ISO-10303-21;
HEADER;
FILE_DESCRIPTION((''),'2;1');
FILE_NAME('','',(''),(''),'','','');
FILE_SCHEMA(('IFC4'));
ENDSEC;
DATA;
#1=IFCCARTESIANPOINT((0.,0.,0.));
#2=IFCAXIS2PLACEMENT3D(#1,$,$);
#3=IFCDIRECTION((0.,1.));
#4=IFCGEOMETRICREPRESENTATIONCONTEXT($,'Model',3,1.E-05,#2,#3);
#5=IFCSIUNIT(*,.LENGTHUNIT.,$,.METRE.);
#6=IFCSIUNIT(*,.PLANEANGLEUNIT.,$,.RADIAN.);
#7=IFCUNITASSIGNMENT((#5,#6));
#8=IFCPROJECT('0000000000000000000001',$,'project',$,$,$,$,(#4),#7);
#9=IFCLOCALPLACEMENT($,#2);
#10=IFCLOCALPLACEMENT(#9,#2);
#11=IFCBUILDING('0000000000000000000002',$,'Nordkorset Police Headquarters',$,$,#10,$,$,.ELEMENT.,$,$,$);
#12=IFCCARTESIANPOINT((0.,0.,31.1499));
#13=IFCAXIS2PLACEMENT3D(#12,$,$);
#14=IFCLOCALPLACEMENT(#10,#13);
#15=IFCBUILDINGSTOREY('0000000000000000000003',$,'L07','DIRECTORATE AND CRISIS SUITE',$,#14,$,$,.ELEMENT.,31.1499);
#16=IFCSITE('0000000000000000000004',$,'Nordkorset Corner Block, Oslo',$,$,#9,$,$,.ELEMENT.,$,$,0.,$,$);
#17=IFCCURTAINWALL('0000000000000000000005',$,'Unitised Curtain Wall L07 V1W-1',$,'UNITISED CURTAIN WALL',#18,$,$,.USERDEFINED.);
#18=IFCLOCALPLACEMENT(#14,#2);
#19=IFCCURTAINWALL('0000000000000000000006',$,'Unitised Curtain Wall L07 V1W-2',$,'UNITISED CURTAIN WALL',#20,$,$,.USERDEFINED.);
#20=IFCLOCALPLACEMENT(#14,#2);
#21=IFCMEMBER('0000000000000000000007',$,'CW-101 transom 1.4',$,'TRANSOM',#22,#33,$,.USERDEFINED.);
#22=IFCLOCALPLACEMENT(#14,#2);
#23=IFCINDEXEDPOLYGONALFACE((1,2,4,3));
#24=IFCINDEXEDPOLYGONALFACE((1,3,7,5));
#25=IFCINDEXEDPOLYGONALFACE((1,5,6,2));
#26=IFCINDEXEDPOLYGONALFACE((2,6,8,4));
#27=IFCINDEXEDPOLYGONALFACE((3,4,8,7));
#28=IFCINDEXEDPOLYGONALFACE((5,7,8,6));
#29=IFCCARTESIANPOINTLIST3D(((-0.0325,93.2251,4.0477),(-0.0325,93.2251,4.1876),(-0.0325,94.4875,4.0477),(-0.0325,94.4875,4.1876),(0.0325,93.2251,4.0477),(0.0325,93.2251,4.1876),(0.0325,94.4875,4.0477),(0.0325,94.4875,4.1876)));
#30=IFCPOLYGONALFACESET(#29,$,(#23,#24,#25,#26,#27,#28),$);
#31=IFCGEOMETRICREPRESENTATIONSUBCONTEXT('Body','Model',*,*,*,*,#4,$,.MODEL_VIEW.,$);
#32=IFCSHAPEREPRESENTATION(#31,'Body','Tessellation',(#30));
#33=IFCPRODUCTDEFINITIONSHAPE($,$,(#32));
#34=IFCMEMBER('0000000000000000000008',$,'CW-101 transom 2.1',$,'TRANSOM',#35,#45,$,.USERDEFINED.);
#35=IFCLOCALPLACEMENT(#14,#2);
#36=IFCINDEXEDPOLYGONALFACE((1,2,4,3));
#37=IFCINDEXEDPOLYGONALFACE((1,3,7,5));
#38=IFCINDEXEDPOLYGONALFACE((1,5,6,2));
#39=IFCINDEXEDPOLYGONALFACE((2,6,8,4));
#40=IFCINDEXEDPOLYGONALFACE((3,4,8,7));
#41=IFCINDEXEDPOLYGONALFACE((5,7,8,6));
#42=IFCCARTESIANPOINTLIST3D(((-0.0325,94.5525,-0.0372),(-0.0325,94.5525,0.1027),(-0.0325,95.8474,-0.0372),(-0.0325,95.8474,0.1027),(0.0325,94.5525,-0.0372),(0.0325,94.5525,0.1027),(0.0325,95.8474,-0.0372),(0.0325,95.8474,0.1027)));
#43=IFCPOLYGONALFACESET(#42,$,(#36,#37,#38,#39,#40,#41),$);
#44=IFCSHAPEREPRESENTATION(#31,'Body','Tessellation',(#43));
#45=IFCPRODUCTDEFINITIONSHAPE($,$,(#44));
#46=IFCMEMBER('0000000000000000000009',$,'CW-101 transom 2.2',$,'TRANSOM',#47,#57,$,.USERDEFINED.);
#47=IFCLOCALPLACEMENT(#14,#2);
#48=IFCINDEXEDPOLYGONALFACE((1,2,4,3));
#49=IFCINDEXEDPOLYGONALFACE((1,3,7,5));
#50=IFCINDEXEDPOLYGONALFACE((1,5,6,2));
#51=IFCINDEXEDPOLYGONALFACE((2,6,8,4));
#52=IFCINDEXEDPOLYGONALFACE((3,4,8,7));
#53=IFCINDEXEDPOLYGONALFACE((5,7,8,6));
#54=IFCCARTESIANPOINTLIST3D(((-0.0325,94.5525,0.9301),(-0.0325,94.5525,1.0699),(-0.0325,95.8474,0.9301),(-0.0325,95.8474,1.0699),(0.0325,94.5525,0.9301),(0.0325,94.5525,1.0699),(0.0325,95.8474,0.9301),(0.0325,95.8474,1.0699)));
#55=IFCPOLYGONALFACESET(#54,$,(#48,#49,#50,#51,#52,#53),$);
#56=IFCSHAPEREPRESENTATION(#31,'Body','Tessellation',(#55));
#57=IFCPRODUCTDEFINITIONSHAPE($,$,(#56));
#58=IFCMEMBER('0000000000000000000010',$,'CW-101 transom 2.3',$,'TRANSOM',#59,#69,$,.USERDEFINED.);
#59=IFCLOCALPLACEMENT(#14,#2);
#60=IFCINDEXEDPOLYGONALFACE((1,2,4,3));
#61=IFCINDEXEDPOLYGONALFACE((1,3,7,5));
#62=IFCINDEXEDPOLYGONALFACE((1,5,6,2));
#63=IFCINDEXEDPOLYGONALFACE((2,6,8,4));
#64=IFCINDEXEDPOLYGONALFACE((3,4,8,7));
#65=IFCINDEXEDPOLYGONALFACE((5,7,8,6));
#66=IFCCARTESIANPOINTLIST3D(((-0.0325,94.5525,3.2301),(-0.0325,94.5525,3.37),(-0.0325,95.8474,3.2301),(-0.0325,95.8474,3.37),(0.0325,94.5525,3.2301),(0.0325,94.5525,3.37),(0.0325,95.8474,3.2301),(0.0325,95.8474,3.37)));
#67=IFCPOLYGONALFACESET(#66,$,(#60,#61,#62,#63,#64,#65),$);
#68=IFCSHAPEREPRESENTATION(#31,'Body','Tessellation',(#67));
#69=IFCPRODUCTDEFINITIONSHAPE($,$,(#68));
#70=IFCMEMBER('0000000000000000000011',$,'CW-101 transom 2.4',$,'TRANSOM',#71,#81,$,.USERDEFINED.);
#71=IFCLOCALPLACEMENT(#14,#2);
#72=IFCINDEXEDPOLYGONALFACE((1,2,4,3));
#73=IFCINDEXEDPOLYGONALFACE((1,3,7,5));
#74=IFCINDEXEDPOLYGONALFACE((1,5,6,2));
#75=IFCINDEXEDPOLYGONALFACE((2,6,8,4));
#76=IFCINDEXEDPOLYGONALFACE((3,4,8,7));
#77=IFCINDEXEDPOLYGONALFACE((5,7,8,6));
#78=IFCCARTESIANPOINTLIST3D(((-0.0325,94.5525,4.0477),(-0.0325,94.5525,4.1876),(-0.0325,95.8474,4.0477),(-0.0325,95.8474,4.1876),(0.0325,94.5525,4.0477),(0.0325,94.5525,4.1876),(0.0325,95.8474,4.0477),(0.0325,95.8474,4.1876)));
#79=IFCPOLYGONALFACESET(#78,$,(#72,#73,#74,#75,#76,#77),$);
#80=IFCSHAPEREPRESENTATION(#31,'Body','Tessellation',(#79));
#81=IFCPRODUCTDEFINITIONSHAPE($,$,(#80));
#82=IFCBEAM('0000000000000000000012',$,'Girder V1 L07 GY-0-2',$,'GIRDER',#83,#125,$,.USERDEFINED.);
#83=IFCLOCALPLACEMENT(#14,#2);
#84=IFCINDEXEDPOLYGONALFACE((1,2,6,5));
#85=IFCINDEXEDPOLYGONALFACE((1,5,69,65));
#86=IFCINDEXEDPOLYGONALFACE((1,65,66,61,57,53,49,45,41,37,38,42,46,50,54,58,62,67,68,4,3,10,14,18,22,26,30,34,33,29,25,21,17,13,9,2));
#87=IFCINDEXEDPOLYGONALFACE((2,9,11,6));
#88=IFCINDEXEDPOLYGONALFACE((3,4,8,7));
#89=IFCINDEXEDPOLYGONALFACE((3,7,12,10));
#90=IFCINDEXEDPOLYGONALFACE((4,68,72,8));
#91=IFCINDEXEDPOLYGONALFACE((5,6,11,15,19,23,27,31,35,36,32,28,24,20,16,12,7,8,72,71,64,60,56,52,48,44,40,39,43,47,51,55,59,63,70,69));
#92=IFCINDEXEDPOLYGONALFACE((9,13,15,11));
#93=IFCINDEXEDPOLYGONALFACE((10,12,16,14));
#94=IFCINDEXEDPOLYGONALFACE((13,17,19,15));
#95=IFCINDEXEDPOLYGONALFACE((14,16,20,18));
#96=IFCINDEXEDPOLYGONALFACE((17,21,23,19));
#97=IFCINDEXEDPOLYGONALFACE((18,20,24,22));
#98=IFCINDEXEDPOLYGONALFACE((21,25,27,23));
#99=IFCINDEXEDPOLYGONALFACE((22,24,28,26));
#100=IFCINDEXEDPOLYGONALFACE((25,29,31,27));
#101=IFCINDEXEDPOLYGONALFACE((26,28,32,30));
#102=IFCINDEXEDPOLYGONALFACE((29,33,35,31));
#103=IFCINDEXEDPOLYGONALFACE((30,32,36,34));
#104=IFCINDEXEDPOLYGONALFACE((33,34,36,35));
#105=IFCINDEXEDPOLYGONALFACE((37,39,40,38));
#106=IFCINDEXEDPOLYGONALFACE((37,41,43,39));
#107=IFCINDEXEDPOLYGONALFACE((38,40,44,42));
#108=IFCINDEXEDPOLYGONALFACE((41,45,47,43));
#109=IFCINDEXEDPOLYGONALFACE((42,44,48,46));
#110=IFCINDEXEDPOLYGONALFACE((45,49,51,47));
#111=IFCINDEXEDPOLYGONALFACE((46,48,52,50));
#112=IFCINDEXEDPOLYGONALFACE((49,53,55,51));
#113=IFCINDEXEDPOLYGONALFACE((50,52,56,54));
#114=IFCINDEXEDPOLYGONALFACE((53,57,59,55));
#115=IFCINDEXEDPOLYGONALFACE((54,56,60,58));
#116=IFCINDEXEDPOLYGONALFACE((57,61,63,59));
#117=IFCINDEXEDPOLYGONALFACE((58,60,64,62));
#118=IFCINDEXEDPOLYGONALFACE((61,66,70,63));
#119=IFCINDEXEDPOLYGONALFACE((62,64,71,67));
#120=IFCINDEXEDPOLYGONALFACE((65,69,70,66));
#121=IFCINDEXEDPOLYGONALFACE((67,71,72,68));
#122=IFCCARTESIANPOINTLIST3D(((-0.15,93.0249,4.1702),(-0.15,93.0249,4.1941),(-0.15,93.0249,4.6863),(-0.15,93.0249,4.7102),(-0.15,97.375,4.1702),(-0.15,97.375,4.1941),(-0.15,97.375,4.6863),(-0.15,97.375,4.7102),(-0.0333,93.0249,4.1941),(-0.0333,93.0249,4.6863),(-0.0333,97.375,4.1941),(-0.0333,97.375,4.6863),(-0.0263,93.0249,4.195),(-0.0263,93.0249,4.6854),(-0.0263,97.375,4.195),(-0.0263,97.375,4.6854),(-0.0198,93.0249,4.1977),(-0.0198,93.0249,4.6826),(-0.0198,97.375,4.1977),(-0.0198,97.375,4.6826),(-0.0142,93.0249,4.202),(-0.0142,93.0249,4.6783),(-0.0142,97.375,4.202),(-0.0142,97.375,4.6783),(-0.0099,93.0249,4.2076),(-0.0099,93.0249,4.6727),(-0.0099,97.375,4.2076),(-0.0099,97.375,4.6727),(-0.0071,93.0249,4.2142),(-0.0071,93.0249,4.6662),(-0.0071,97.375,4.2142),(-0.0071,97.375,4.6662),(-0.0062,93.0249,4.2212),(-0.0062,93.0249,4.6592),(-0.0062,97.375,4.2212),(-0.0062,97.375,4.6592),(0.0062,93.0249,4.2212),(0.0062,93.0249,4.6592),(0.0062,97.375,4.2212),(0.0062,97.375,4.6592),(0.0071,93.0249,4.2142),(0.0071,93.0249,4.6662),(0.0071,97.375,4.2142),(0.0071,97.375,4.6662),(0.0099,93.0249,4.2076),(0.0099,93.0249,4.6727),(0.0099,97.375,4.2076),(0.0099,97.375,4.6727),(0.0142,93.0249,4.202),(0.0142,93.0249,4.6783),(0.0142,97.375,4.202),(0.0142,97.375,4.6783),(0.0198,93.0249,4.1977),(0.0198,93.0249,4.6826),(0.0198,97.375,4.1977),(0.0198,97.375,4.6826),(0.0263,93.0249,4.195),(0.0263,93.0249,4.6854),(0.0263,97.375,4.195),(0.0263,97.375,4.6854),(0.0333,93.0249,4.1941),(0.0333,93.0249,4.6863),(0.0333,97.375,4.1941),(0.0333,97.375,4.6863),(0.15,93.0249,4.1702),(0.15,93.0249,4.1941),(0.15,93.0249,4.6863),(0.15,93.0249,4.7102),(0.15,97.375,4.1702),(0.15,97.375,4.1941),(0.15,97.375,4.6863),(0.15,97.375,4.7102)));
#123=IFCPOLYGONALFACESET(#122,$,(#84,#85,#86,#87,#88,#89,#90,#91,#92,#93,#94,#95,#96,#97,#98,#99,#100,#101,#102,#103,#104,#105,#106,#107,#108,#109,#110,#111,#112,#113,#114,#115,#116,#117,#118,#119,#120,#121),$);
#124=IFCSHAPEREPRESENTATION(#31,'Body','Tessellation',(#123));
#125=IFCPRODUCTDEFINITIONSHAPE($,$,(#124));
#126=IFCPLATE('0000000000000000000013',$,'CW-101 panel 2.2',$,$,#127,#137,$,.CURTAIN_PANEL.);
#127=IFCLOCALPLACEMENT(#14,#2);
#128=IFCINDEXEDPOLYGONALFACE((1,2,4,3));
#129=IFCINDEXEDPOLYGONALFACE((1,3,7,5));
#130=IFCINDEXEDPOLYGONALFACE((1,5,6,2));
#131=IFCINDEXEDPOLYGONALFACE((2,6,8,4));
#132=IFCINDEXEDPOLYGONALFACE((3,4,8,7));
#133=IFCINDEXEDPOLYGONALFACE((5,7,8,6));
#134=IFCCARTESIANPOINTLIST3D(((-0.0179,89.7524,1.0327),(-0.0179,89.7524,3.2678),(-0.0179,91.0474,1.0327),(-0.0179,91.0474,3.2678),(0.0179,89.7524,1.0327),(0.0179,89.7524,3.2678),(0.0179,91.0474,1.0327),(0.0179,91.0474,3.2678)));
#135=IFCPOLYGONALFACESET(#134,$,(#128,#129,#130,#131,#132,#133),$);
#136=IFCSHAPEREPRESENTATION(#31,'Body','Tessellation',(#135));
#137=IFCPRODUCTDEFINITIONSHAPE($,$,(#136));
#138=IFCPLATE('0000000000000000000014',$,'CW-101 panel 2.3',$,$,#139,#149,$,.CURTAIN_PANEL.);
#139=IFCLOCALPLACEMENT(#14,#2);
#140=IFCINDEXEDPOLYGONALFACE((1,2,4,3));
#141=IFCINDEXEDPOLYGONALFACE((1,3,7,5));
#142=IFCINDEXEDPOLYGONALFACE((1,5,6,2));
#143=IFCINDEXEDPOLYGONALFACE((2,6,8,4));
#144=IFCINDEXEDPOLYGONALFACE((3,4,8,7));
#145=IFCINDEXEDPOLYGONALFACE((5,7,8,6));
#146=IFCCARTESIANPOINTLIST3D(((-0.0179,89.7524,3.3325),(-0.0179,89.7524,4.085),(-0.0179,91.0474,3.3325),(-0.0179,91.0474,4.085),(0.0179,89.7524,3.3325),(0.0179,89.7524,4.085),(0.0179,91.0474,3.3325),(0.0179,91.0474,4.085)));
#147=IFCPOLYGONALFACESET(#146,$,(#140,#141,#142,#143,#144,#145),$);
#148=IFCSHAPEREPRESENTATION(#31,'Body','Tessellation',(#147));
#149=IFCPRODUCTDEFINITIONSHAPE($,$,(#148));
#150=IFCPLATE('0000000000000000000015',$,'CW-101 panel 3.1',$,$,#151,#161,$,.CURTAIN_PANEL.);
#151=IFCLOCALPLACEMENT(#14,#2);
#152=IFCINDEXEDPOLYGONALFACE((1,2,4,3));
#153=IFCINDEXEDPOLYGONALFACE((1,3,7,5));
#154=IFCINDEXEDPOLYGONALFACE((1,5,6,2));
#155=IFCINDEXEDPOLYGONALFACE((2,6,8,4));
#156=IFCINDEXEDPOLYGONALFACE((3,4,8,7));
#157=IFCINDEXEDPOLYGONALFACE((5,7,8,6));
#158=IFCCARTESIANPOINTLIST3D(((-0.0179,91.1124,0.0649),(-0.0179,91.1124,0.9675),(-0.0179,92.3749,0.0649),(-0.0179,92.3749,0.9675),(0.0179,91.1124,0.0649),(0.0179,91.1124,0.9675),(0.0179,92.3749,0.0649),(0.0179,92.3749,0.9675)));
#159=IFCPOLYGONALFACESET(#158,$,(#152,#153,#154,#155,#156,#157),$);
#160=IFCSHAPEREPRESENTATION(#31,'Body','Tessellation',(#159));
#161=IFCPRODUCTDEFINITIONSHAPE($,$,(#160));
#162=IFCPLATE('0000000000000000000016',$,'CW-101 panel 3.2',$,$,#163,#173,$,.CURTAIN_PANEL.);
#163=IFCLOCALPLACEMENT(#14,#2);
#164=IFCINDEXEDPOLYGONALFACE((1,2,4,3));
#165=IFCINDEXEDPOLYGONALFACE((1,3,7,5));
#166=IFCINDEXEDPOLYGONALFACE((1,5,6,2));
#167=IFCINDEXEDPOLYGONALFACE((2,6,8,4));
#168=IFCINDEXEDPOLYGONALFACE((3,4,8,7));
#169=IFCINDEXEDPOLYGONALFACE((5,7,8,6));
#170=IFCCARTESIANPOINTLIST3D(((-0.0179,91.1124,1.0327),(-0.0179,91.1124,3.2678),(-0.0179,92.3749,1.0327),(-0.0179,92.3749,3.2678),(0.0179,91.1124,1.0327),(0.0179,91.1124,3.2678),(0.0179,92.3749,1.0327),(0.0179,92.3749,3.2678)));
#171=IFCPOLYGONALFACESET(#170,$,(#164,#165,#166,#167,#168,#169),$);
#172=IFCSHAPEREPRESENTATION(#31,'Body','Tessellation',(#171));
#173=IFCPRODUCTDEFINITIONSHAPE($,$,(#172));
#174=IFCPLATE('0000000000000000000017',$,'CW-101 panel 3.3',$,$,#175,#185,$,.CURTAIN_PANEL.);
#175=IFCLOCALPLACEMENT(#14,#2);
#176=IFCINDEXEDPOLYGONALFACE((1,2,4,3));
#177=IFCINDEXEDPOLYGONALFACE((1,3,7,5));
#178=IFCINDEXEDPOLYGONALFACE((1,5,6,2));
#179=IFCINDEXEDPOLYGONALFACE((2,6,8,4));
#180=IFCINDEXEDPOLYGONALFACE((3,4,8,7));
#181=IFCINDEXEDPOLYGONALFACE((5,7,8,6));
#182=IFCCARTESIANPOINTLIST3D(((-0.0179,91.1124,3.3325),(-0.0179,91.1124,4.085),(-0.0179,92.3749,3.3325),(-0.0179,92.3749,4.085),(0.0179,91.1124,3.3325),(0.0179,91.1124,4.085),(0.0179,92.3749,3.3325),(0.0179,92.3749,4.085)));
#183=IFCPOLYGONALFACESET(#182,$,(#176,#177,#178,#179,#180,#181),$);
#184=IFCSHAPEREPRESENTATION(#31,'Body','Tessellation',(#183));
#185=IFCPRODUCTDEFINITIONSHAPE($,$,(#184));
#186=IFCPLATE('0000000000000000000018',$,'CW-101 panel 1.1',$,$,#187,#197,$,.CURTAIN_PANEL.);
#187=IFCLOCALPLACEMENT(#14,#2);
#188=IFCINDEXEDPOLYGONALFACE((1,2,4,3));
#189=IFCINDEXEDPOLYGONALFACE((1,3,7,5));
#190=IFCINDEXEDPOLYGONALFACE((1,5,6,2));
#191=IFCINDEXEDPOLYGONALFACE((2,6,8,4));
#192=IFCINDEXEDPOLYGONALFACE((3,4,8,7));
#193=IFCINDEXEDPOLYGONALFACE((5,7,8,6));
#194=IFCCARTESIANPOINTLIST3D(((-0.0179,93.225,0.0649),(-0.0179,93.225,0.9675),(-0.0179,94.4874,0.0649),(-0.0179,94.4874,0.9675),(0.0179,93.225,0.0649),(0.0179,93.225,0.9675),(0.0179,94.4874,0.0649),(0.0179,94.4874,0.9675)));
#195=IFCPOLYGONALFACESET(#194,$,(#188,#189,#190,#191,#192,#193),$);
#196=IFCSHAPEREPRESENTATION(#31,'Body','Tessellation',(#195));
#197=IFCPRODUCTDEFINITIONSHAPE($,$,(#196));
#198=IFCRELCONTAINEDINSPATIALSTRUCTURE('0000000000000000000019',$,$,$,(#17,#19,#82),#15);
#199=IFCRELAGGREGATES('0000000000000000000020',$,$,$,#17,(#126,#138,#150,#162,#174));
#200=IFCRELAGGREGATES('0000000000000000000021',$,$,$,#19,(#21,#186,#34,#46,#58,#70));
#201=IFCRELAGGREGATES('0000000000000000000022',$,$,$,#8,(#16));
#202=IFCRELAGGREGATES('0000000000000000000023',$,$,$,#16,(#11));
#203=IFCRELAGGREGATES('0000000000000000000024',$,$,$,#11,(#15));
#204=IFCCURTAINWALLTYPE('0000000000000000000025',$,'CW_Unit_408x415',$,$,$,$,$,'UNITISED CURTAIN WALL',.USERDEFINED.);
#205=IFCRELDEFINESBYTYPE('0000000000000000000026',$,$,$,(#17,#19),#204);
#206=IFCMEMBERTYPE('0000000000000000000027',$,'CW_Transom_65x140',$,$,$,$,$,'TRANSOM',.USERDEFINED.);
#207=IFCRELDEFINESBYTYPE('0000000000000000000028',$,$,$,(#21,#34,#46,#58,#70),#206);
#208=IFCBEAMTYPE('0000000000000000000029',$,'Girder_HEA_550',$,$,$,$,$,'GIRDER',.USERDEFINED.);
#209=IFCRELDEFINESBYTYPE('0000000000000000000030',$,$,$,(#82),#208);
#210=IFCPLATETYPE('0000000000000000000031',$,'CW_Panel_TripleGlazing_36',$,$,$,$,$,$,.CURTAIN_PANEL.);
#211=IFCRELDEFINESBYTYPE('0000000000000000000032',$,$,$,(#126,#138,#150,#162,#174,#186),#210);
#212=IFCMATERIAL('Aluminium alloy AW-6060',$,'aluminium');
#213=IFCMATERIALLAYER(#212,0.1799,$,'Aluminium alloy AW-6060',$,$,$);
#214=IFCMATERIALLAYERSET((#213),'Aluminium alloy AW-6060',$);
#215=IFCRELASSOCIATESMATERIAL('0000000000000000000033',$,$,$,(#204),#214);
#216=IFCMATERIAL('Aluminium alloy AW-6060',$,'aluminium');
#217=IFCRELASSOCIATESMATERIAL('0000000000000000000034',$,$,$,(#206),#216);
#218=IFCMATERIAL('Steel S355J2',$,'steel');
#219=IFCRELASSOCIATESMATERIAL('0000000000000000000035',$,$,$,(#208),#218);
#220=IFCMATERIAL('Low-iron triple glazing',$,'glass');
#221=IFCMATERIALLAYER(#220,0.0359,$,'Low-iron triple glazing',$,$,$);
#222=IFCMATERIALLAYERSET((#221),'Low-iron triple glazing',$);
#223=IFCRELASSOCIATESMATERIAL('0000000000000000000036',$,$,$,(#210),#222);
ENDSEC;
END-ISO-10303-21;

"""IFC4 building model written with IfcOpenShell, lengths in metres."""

from ifc_helpers import new_model, si_unit, direction, frame, origin, origin_2d, place, context, subcontext, project, spatial, rectangle, i_section, extrude, material, layer, layer_set, material_profile, profile_set, type_object, element, aggregate, save


model = new_model("IFC4")

# Units and contexts
model_context = context("Model", 3, precision=1e-05, world=origin(), true_north=direction((0.0, 1.0)))
body_context = subcontext(model_context, "Body", "Model", "MODEL_VIEW")
ifc_project = project(units=[si_unit("LENGTHUNIT", "METRE"), si_unit("PLANEANGLEUNIT", "RADIAN")], contexts=[model_context])

# Site, building, storey
site_placement = place(None, origin())
site = spatial("IfcSite", under=ifc_project, at=site_placement, Name="Nordkorset Corner Block, Oslo", CompositionType="ELEMENT", RefElevation=0.0)
building_placement = place(site_placement, origin())
building = spatial("IfcBuilding", under=site, at=building_placement, Name="Nordkorset Police Headquarters", CompositionType="ELEMENT")
storey_placement = place(building_placement, frame((0.0, 0.0, 31.1499)))
storey = spatial("IfcBuildingStorey", under=building, at=storey_placement, Name="L07", Description="DIRECTORATE AND CRISIS SUITE", CompositionType="ELEMENT", Elevation=31.1499)

# Curtain walls
ifc_material_1 = material(Name="Aluminium alloy AW-6060", Category="aluminium")
ifc_layer_1 = layer(ifc_material_1, 0.1799, Name="Aluminium alloy AW-6060")
ifc_layer_set_1 = layer_set([ifc_layer_1], Name="Aluminium alloy AW-6060")
curtain_wall_type = type_object("IfcCurtainWallType", Name="CW_Unit_408x415", ElementType="UNITISED CURTAIN WALL", PredefinedType="USERDEFINED", material=ifc_layer_set_1)
curtain_wall_1_placement = place(storey_placement, origin())
curtain_wall_1 = element("IfcCurtainWall", 1, at=curtain_wall_1_placement, inside=storey, type_object=curtain_wall_type, Name="Unitised Curtain Wall L07 V1W-1", ObjectType="UNITISED CURTAIN WALL", PredefinedType="USERDEFINED")
curtain_wall_2_placement = place(storey_placement, origin())
curtain_wall_2 = element("IfcCurtainWall", 2, at=curtain_wall_2_placement, inside=storey, type_object=curtain_wall_type, Name="Unitised Curtain Wall L07 V1W-2", ObjectType="UNITISED CURTAIN WALL", PredefinedType="USERDEFINED")

# Members
ifc_material_2 = material(Name="Aluminium alloy AW-6060", Category="aluminium")
ifc_material_profile_1 = material_profile(ifc_material_2, rectangle(XDim=0.0649, YDim=0.1399, at=origin_2d()), Name="ALU TRAN 65x140")
ifc_profile_set_1 = profile_set([ifc_material_profile_1], Name="Aluminium alloy AW-6060")
member_type_1 = type_object("IfcMemberType", Name="CW_Transom_65x140", ElementType="TRANSOM", PredefinedType="USERDEFINED", material=ifc_profile_set_1)
member_1_placement = place(storey_placement, frame((0.0, 93.2251, 4.1177), z_axis=(0.0, 1.0, 0.0), x_axis=(-1.0, 0.0, 0.0)))
member_1 = element("IfcMember", 3, at=member_1_placement, type_object=member_type_1, Name="CW-101 transom 1.4", ObjectType="TRANSOM", PredefinedType="USERDEFINED", context=body_context, shape_type="SweptSolid", body=[
    extrude(rectangle(XDim=0.0649, YDim=0.1399, at=origin_2d()), origin(), (0.0, 0.0, 1.0), 1.2625),
])
member_2_placement = place(storey_placement, frame((0.0, 94.5525, 0.0327), z_axis=(0.0, 1.0, 0.0), x_axis=(-1.0, 0.0, 0.0)))
member_2 = element("IfcMember", 4, at=member_2_placement, type_object=member_type_1, Name="CW-101 transom 2.1", ObjectType="TRANSOM", PredefinedType="USERDEFINED", context=body_context, shape_type="SweptSolid", body=[
    extrude(rectangle(XDim=0.0649, YDim=0.1399, at=origin_2d()), origin(), (0.0, 0.0, 1.0), 1.2949),
])
member_3_placement = place(storey_placement, frame((0.0, 94.5525, 1.0), z_axis=(0.0, 1.0, 0.0), x_axis=(-1.0, 0.0, 0.0)))
member_3 = element("IfcMember", 5, at=member_3_placement, type_object=member_type_1, Name="CW-101 transom 2.2", ObjectType="TRANSOM", PredefinedType="USERDEFINED", context=body_context, shape_type="SweptSolid", body=[
    extrude(rectangle(XDim=0.0649, YDim=0.1399, at=origin_2d()), origin(), (0.0, 0.0, 1.0), 1.2949),
])
member_4_placement = place(storey_placement, frame((0.0, 94.5525, 3.3), z_axis=(0.0, 1.0, 0.0), x_axis=(-1.0, 0.0, 0.0)))
member_4 = element("IfcMember", 6, at=member_4_placement, type_object=member_type_1, Name="CW-101 transom 2.3", ObjectType="TRANSOM", PredefinedType="USERDEFINED", context=body_context, shape_type="SweptSolid", body=[
    extrude(rectangle(XDim=0.0649, YDim=0.1399, at=origin_2d()), origin(), (0.0, 0.0, 1.0), 1.2949),
])
member_5_placement = place(storey_placement, frame((0.0, 94.5525, 4.1177), z_axis=(0.0, 1.0, 0.0), x_axis=(-1.0, 0.0, 0.0)))
member_5 = element("IfcMember", 7, at=member_5_placement, type_object=member_type_1, Name="CW-101 transom 2.4", ObjectType="TRANSOM", PredefinedType="USERDEFINED", context=body_context, shape_type="SweptSolid", body=[
    extrude(rectangle(XDim=0.0649, YDim=0.1399, at=origin_2d()), origin(), (0.0, 0.0, 1.0), 1.2949),
])

# Beam
ifc_material_3 = material(Name="Steel S355J2", Category="steel")
ifc_material_profile_2 = material_profile(ifc_material_3, i_section(OverallWidth=0.3, OverallDepth=0.54, WebThickness=0.0125, FlangeThickness=0.0239, FilletRadius=0.0271, at=origin_2d()), Name="HEA 550")
ifc_profile_set_2 = profile_set([ifc_material_profile_2], Name="Steel S355J2")
beam_type = type_object("IfcBeamType", Name="Girder_HEA_550", ElementType="GIRDER", PredefinedType="USERDEFINED", material=ifc_profile_set_2)
beam_placement = place(storey_placement, frame((0.0, 93.0249, 4.4402), z_axis=(0.0, 1.0, 0.0), x_axis=(-1.0, 0.0, 0.0)))
element("IfcBeam", 8, at=beam_placement, inside=storey, type_object=beam_type, Name="Girder V1 L07 GY-0-2", ObjectType="GIRDER", PredefinedType="USERDEFINED", context=body_context, shape_type="SweptSolid", body=[
    extrude(i_section(OverallWidth=0.3, OverallDepth=0.54, WebThickness=0.0125, FlangeThickness=0.0239, FilletRadius=0.0271, at=origin_2d()), origin(), (0.0, 0.0, 1.0), 4.3501),
])

# Plates
ifc_material_4 = material(Name="Low-iron triple glazing", Category="glass")
ifc_layer_2 = layer(ifc_material_4, 0.0359, Name="Low-iron triple glazing")
ifc_layer_set_2 = layer_set([ifc_layer_2], Name="Low-iron triple glazing")
plate_type = type_object("IfcPlateType", Name="CW_Panel_TripleGlazing_36", PredefinedType="CURTAIN_PANEL", material=ifc_layer_set_2)
plate_1_placement = place(storey_placement, frame((0.0, 90.3999, 1.0327), z_axis=(0.0, 0.0, 1.0), x_axis=(0.0, 1.0, 0.0)))
plate_1 = element("IfcPlate", 9, at=plate_1_placement, type_object=plate_type, Name="CW-101 panel 2.2", PredefinedType="CURTAIN_PANEL", context=body_context, shape_type="SweptSolid", body=[
    extrude(rectangle(XDim=1.2949, YDim=0.0359, at=origin_2d()), origin(), (0.0, 0.0, 1.0), 2.2351),
])
plate_2_placement = place(storey_placement, frame((0.0, 90.3999, 3.3325), z_axis=(0.0, 0.0, 1.0), x_axis=(0.0, 1.0, 0.0)))
plate_2 = element("IfcPlate", 10, at=plate_2_placement, type_object=plate_type, Name="CW-101 panel 2.3", PredefinedType="CURTAIN_PANEL", context=body_context, shape_type="SweptSolid", body=[
    extrude(rectangle(XDim=1.2949, YDim=0.0359, at=origin_2d()), origin(), (0.0, 0.0, 1.0), 0.7524),
])
plate_3_placement = place(storey_placement, frame((0.0, 91.7437, 0.0649), z_axis=(0.0, 0.0, 1.0), x_axis=(0.0, 1.0, 0.0)))
plate_3 = element("IfcPlate", 11, at=plate_3_placement, type_object=plate_type, Name="CW-101 panel 3.1", PredefinedType="CURTAIN_PANEL", context=body_context, shape_type="SweptSolid", body=[
    extrude(rectangle(XDim=1.2625, YDim=0.0359, at=origin_2d()), origin(), (0.0, 0.0, 1.0), 0.9026),
])
plate_4_placement = place(storey_placement, frame((0.0, 91.7437, 1.0327), z_axis=(0.0, 0.0, 1.0), x_axis=(0.0, 1.0, 0.0)))
plate_4 = element("IfcPlate", 12, at=plate_4_placement, type_object=plate_type, Name="CW-101 panel 3.2", PredefinedType="CURTAIN_PANEL", context=body_context, shape_type="SweptSolid", body=[
    extrude(rectangle(XDim=1.2625, YDim=0.0359, at=origin_2d()), origin(), (0.0, 0.0, 1.0), 2.2351),
])
plate_5_placement = place(storey_placement, frame((0.0, 91.7437, 3.3325), z_axis=(0.0, 0.0, 1.0), x_axis=(0.0, 1.0, 0.0)))
plate_5 = element("IfcPlate", 13, at=plate_5_placement, type_object=plate_type, Name="CW-101 panel 3.3", PredefinedType="CURTAIN_PANEL", context=body_context, shape_type="SweptSolid", body=[
    extrude(rectangle(XDim=1.2625, YDim=0.0359, at=origin_2d()), origin(), (0.0, 0.0, 1.0), 0.7524),
])
aggregate(curtain_wall_1, [plate_1, plate_2, plate_3, plate_4, plate_5])
plate_6_placement = place(storey_placement, frame((0.0, 93.8562, 0.0649), z_axis=(0.0, 0.0, 1.0), x_axis=(0.0, 1.0, 0.0)))
plate_6 = element("IfcPlate", 14, at=plate_6_placement, type_object=plate_type, Name="CW-101 panel 1.1", PredefinedType="CURTAIN_PANEL", context=body_context, shape_type="SweptSolid", body=[
    extrude(rectangle(XDim=1.2625, YDim=0.0359, at=origin_2d()), origin(), (0.0, 0.0, 1.0), 0.9026),
])
aggregate(curtain_wall_2, [member_1, plate_6, member_2, member_3, member_4, member_5])

save(model, "model.ifc")
